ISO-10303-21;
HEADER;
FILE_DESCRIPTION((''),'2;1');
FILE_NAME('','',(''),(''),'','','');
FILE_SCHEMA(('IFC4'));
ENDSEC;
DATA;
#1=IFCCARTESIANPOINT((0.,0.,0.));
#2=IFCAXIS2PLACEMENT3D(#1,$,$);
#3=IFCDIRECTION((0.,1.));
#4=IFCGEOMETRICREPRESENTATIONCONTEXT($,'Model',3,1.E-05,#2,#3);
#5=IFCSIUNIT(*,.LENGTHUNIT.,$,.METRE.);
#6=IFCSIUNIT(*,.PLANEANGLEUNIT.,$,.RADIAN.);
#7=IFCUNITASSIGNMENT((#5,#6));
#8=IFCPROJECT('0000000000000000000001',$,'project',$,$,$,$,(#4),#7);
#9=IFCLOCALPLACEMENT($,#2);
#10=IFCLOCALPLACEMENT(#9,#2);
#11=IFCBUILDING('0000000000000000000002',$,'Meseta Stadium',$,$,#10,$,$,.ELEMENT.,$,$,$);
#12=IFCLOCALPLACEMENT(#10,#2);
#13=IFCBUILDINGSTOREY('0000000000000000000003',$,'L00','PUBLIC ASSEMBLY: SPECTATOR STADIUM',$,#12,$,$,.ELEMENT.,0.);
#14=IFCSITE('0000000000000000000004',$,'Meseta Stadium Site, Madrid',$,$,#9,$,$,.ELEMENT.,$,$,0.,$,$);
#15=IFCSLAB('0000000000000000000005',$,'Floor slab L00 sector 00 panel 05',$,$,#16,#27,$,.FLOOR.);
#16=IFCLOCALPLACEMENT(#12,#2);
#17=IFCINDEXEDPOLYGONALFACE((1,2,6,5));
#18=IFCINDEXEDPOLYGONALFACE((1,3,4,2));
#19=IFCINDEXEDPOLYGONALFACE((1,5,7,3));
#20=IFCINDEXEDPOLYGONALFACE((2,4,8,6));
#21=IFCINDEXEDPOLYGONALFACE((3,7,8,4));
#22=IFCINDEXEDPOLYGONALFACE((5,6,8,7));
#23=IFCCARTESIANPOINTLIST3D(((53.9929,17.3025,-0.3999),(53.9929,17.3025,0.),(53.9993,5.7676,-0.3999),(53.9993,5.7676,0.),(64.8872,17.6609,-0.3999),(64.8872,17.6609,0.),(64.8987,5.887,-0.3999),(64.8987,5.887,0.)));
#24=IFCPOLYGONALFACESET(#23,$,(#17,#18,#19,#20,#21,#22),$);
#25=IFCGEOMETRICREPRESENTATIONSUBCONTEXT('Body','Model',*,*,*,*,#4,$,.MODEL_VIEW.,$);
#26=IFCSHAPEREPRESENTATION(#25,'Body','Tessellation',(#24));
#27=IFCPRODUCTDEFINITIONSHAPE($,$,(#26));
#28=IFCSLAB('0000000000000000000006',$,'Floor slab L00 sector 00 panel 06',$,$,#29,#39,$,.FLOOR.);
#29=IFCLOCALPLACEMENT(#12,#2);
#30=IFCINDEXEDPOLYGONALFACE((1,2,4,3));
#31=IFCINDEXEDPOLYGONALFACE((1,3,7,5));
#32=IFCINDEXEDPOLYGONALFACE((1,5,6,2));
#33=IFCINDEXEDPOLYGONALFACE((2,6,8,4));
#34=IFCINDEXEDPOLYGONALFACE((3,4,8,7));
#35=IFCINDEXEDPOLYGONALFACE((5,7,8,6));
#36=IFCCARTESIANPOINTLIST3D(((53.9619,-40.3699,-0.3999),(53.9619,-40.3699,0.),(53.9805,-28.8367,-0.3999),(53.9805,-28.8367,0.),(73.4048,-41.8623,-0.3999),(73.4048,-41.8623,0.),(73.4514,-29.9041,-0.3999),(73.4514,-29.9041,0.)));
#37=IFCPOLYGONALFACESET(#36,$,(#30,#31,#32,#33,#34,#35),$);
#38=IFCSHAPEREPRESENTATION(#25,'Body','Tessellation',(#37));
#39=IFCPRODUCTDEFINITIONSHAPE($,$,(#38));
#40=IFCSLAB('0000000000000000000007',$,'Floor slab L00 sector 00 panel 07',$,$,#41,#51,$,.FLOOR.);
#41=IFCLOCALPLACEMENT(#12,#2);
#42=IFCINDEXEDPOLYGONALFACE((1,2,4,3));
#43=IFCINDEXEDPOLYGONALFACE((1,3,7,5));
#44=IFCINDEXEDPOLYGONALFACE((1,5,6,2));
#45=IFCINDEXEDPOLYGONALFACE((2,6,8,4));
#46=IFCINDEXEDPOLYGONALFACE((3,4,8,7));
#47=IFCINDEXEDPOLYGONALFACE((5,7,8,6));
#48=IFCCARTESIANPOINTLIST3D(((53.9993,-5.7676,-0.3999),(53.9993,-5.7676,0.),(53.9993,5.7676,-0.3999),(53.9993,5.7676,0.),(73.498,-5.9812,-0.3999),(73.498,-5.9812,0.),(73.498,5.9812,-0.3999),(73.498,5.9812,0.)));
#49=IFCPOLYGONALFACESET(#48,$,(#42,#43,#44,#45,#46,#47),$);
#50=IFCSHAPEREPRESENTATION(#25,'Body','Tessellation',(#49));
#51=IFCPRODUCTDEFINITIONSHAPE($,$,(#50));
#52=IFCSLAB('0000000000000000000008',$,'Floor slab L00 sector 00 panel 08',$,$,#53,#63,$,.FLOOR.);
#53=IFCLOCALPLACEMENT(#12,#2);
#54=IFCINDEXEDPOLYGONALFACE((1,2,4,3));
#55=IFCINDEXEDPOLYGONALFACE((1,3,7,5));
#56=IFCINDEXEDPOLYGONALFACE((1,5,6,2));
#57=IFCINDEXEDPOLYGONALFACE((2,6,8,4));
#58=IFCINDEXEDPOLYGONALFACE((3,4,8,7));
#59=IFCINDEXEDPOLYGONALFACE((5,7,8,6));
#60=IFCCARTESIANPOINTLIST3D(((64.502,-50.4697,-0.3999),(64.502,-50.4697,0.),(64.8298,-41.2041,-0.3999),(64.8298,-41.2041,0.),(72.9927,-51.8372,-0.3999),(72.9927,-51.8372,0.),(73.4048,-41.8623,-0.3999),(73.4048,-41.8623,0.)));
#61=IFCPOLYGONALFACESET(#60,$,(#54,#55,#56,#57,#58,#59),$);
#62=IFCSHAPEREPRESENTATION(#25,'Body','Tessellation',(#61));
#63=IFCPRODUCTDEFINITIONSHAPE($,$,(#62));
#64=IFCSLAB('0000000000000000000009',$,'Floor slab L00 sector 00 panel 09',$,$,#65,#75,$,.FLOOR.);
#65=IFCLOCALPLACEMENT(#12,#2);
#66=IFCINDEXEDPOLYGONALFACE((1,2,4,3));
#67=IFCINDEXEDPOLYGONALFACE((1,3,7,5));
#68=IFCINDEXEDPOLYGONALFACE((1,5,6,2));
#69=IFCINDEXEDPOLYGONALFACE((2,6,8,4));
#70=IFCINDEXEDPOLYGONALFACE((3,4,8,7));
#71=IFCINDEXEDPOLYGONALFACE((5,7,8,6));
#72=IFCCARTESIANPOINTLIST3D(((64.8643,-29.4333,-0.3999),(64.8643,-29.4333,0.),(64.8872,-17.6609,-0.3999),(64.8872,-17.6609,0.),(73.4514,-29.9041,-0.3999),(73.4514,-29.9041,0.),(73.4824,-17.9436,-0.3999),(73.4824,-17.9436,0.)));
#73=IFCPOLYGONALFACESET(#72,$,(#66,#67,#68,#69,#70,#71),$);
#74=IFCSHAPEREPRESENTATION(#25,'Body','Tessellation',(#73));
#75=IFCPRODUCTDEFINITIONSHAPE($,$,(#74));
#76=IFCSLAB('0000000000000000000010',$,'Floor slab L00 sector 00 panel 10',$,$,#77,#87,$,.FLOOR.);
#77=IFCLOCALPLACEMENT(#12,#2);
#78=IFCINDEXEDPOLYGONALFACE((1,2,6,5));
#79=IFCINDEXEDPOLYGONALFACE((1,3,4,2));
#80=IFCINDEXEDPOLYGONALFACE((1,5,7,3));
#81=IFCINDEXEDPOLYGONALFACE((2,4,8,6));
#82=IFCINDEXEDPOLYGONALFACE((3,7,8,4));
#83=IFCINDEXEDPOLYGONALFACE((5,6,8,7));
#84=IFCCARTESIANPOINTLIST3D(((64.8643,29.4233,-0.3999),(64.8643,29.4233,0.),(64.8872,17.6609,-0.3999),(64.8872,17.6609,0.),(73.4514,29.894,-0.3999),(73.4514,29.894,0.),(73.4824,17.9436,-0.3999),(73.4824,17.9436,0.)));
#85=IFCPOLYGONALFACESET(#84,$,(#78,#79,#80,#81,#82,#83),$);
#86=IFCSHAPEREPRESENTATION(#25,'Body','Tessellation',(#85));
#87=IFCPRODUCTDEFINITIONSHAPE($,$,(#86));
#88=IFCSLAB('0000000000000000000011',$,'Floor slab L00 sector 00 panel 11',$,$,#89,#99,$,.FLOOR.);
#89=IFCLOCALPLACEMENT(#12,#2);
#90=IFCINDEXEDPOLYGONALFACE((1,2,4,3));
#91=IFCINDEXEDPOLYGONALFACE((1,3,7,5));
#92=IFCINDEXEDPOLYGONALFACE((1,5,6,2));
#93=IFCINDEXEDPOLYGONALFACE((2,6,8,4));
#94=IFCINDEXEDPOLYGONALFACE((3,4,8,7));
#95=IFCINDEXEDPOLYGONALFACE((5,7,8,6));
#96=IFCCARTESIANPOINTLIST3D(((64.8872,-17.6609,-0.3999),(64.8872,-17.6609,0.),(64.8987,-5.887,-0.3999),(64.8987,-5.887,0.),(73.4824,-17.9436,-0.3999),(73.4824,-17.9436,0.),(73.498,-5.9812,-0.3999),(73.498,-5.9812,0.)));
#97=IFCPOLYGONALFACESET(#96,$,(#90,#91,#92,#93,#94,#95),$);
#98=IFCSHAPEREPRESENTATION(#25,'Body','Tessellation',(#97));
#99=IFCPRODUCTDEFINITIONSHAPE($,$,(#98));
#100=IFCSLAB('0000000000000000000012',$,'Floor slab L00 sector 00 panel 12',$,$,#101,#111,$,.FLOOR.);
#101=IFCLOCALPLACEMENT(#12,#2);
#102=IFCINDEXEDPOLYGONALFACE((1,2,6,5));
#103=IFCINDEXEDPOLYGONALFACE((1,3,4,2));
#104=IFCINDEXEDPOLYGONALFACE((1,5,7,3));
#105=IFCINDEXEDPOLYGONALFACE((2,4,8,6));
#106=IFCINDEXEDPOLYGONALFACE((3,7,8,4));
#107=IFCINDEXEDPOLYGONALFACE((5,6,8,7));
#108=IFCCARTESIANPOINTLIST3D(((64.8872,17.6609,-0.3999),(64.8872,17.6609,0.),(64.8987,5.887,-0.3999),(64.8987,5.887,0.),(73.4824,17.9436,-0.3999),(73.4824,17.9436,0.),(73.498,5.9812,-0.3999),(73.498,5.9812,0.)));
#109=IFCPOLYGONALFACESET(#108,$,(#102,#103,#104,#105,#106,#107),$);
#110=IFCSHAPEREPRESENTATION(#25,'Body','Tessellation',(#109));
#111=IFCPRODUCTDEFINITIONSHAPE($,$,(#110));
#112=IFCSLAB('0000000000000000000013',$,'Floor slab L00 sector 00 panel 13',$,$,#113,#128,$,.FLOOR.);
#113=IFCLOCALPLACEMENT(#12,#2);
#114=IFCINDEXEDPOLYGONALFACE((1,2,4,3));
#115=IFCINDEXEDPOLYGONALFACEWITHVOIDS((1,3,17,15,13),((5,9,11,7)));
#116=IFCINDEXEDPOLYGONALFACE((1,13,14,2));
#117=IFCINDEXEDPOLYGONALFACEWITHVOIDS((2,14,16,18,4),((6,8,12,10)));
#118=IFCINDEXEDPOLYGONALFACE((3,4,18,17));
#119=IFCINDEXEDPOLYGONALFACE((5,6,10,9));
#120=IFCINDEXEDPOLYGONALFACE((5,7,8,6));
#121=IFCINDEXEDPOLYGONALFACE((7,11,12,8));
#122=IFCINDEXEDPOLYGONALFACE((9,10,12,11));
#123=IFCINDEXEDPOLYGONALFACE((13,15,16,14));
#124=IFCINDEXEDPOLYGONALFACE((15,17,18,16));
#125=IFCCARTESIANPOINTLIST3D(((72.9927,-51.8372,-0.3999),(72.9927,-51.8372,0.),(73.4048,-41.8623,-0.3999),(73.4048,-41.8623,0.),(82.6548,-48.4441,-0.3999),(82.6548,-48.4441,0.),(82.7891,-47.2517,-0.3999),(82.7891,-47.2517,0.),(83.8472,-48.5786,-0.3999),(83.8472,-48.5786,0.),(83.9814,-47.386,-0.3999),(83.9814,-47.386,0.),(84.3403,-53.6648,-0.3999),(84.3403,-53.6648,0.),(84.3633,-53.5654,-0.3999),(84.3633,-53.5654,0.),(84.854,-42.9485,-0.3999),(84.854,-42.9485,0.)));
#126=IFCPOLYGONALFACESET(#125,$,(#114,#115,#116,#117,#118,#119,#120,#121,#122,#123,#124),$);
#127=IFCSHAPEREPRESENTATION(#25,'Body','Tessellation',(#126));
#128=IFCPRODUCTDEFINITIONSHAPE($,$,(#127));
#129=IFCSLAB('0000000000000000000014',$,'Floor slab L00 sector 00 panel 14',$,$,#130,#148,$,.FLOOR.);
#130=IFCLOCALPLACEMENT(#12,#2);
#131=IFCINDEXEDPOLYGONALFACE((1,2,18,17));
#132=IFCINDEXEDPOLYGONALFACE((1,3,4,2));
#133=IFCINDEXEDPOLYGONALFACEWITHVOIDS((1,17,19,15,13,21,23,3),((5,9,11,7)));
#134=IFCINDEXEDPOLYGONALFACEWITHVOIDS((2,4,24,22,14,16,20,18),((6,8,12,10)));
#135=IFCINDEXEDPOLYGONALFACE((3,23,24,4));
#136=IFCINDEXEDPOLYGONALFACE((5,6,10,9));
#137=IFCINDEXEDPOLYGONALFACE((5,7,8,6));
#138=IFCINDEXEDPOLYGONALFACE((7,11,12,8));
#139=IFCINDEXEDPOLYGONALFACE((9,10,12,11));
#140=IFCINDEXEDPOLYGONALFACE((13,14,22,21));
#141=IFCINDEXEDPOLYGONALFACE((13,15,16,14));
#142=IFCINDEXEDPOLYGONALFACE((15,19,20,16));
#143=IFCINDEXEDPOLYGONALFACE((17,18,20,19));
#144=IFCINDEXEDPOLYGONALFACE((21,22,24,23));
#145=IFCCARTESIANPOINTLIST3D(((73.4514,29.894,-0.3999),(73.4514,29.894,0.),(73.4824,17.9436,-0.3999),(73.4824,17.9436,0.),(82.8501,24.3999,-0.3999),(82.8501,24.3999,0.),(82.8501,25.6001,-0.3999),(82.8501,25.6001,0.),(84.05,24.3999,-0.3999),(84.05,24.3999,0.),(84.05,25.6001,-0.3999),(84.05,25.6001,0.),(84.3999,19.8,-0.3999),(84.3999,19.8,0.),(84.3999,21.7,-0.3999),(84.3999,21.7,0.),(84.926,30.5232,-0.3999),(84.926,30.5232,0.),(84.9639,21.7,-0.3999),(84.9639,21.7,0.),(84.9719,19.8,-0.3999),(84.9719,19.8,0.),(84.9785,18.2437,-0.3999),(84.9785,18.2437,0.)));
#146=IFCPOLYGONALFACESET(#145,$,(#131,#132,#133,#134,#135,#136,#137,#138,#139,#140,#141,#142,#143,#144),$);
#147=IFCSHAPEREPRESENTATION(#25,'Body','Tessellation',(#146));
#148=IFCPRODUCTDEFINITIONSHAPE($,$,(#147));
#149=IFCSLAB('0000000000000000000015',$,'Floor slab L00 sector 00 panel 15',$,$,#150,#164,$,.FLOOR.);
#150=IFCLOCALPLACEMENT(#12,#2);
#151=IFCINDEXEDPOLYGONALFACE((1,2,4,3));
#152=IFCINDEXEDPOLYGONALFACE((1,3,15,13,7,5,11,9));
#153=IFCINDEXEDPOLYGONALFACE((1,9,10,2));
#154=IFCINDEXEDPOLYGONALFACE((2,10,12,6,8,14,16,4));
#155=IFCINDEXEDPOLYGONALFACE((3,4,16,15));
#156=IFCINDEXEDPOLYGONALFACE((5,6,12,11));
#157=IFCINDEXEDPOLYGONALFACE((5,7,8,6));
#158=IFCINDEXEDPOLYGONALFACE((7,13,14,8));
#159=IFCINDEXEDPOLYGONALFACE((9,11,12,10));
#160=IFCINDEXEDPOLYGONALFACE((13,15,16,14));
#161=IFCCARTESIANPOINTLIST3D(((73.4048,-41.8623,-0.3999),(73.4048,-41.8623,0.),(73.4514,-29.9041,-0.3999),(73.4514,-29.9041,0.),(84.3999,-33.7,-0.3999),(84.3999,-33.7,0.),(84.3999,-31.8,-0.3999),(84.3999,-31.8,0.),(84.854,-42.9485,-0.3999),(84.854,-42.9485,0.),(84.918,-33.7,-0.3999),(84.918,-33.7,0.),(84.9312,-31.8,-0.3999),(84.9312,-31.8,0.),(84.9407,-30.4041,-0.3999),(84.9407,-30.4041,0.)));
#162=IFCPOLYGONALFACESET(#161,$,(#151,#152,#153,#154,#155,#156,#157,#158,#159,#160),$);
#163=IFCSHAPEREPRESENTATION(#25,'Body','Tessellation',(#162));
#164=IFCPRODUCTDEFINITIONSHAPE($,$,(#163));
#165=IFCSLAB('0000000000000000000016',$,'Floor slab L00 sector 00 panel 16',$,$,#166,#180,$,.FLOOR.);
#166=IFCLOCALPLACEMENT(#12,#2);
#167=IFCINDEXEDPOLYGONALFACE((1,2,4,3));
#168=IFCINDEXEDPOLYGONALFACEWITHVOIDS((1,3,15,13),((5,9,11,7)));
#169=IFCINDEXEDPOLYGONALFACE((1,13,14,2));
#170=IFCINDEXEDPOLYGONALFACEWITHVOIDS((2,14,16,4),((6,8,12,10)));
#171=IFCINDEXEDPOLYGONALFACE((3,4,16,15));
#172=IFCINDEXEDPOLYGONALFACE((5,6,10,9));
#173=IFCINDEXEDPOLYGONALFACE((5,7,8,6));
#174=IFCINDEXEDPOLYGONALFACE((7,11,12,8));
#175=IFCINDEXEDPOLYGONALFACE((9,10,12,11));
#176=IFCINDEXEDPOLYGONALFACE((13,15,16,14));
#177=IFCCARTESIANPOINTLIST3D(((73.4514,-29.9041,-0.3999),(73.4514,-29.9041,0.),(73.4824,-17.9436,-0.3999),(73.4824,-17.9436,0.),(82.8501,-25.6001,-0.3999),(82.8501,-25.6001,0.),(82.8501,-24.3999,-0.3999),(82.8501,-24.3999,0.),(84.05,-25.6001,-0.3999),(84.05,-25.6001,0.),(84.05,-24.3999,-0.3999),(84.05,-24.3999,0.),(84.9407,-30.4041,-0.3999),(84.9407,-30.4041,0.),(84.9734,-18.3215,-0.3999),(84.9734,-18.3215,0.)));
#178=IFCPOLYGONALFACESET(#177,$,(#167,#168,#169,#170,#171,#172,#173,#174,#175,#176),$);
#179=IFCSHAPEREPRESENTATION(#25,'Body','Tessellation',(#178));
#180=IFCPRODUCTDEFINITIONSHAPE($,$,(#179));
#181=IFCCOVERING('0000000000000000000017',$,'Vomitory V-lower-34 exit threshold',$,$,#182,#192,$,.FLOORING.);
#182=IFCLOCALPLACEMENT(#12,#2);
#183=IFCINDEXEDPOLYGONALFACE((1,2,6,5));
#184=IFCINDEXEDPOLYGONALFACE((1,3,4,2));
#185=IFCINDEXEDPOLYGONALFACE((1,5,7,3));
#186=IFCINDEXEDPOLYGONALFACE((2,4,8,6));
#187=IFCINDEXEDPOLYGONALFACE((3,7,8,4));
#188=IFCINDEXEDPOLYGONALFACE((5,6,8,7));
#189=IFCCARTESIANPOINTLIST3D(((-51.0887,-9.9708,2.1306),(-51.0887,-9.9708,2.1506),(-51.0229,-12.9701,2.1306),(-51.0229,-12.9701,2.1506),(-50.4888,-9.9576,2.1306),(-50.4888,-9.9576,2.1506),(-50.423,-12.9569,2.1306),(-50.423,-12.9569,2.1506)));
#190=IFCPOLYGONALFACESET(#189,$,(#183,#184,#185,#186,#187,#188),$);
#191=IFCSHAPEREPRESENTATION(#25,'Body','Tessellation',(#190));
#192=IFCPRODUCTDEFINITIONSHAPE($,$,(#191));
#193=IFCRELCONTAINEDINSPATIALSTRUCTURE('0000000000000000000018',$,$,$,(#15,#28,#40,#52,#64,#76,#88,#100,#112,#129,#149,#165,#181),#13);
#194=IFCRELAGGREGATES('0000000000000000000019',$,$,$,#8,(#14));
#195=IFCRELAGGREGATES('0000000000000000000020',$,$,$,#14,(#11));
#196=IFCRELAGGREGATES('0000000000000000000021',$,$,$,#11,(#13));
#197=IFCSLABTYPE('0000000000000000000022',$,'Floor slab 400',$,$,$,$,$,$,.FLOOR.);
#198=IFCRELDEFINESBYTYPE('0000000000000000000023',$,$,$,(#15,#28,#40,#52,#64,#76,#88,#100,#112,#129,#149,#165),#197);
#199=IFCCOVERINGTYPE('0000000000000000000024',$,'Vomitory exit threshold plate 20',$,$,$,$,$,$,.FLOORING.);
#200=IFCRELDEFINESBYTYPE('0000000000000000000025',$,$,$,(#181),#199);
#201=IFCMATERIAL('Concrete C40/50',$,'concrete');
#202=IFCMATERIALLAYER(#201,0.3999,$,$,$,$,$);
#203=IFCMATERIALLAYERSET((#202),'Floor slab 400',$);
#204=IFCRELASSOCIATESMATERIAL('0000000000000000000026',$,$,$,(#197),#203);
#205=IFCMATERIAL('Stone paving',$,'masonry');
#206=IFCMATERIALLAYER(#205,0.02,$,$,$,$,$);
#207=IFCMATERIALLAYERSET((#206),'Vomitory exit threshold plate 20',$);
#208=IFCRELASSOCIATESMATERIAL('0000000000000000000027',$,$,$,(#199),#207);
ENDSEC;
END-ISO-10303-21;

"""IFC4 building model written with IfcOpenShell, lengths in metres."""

from ifc_helpers import new_model, si_unit, direction, frame, origin, origin_2d, place, context, subcontext, project, spatial, polyline, rectangle, outline, extrude, material, layer, layer_set, type_object, element, save


model = new_model("IFC4")

# Units and contexts
model_context = context("Model", 3, precision=1e-05, world=origin(), true_north=direction((0.0, 1.0)))
body_context = subcontext(model_context, "Body", "Model", "MODEL_VIEW")
ifc_project = project(units=[si_unit("LENGTHUNIT", "METRE"), si_unit("PLANEANGLEUNIT", "RADIAN")], contexts=[model_context])

# Site, building, storey
site_placement = place(None, origin())
site = spatial("IfcSite", under=ifc_project, at=site_placement, Name="Meseta Stadium Site, Madrid", CompositionType="ELEMENT", RefElevation=0.0)
building_placement = place(site_placement, origin())
building = spatial("IfcBuilding", under=site, at=building_placement, Name="Meseta Stadium", CompositionType="ELEMENT")
storey_placement = place(building_placement, origin())
storey = spatial("IfcBuildingStorey", under=building, at=storey_placement, Name="L00", Description="PUBLIC ASSEMBLY: SPECTATOR STADIUM", CompositionType="ELEMENT", Elevation=0.0)

# Slabs
ifc_material_1 = material(Name="Concrete C40/50", Category="concrete")
ifc_layer_1 = layer(ifc_material_1, 0.3999)
ifc_layer_set_1 = layer_set([ifc_layer_1], Name="Floor slab 400")
slab_type_1 = type_object("IfcSlabType", Name="Floor slab 400", PredefinedType="FLOOR", material=ifc_layer_set_1)
slab_1_placement = place(storey_placement, frame((0.0, 0.0, -0.3999)))
element("IfcSlab", 1, at=slab_1_placement, inside=storey, type_object=slab_type_1, Name="Floor slab L00 sector 00 panel 05", PredefinedType="FLOOR", context=body_context, shape_type="SweptSolid", body=[
    extrude(outline(polyline([(53.9929, 17.3025), (53.9993, 5.7676), (64.8987, 5.887), (64.8872, 17.6609), (53.9929, 17.3025)])), origin(), (0.0, 0.0, 1.0), 0.3999),
])
slab_2_placement = place(storey_placement, frame((0.0, 0.0, -0.3999)))
element("IfcSlab", 2, at=slab_2_placement, inside=storey, type_object=slab_type_1, Name="Floor slab L00 sector 00 panel 06", PredefinedType="FLOOR", context=body_context, shape_type="SweptSolid", body=[
    extrude(outline(polyline([(73.4514, -29.9041), (53.9805, -28.8367), (53.9619, -40.3699), (73.4048, -41.8623), (73.4514, -29.9041)])), origin(), (0.0, 0.0, 1.0), 0.3999),
])
slab_3_placement = place(storey_placement, frame((0.0, 0.0, -0.3999)))
element("IfcSlab", 3, at=slab_3_placement, inside=storey, type_object=slab_type_1, Name="Floor slab L00 sector 00 panel 07", PredefinedType="FLOOR", context=body_context, shape_type="SweptSolid", body=[
    extrude(outline(polyline([(73.498, 5.9812), (53.9993, 5.7676), (53.9993, -5.7676), (73.498, -5.9812), (73.498, 5.9812)])), origin(), (0.0, 0.0, 1.0), 0.3999),
])
slab_4_placement = place(storey_placement, frame((0.0, 0.0, -0.3999)))
element("IfcSlab", 4, at=slab_4_placement, inside=storey, type_object=slab_type_1, Name="Floor slab L00 sector 00 panel 08", PredefinedType="FLOOR", context=body_context, shape_type="SweptSolid", body=[
    extrude(outline(polyline([(64.8298, -41.2041), (64.502, -50.4697), (72.9927, -51.8372), (73.4048, -41.8623), (64.8298, -41.2041)])), origin(), (0.0, 0.0, 1.0), 0.3999),
])
slab_5_placement = place(storey_placement, frame((0.0, 0.0, -0.3999)))
element("IfcSlab", 5, at=slab_5_placement, inside=storey, type_object=slab_type_1, Name="Floor slab L00 sector 00 panel 09", PredefinedType="FLOOR", context=body_context, shape_type="SweptSolid", body=[
    extrude(outline(polyline([(73.4824, -17.9436), (64.8872, -17.6609), (64.8643, -29.4333), (73.4514, -29.9041), (73.4824, -17.9436)])), origin(), (0.0, 0.0, 1.0), 0.3999),
])
slab_6_placement = place(storey_placement, frame((0.0, 0.0, -0.3999)))
element("IfcSlab", 6, at=slab_6_placement, inside=storey, type_object=slab_type_1, Name="Floor slab L00 sector 00 panel 10", PredefinedType="FLOOR", context=body_context, shape_type="SweptSolid", body=[
    extrude(outline(polyline([(64.8872, 17.6609), (73.4824, 17.9436), (73.4514, 29.894), (64.8643, 29.4233), (64.8872, 17.6609)])), origin(), (0.0, 0.0, 1.0), 0.3999),
])
slab_7_placement = place(storey_placement, frame((0.0, 0.0, -0.3999)))
element("IfcSlab", 7, at=slab_7_placement, inside=storey, type_object=slab_type_1, Name="Floor slab L00 sector 00 panel 11", PredefinedType="FLOOR", context=body_context, shape_type="SweptSolid", body=[
    extrude(outline(polyline([(73.498, -5.9812), (64.8987, -5.887), (64.8872, -17.6609), (73.4824, -17.9436), (73.498, -5.9812)])), origin(), (0.0, 0.0, 1.0), 0.3999),
])
slab_8_placement = place(storey_placement, frame((0.0, 0.0, -0.3999)))
element("IfcSlab", 8, at=slab_8_placement, inside=storey, type_object=slab_type_1, Name="Floor slab L00 sector 00 panel 12", PredefinedType="FLOOR", context=body_context, shape_type="SweptSolid", body=[
    extrude(outline(polyline([(73.4824, 17.9436), (64.8872, 17.6609), (64.8987, 5.887), (73.498, 5.9812), (73.4824, 17.9436)])), origin(), (0.0, 0.0, 1.0), 0.3999),
])
slab_9_placement = place(storey_placement, frame((0.0, 0.0, -0.3999)))
element("IfcSlab", 9, at=slab_9_placement, inside=storey, type_object=slab_type_1, Name="Floor slab L00 sector 00 panel 13", PredefinedType="FLOOR", context=body_context, shape_type="SweptSolid", body=[
    extrude(outline(polyline([(84.854, -42.9485), (73.4048, -41.8623), (72.9927, -51.8372), (84.3403, -53.6648), (84.3633, -53.5654), (84.854, -42.9485)]), holes=[polyline([(83.8472, -48.5786), (82.6548, -48.4441), (82.7891, -47.2517), (83.9814, -47.386), (83.8472, -48.5786)])]), origin(), (0.0, 0.0, 1.0), 0.3999),
])
slab_10_placement = place(storey_placement, frame((0.0, 0.0, -0.3999)))
element("IfcSlab", 10, at=slab_10_placement, inside=storey, type_object=slab_type_1, Name="Floor slab L00 sector 00 panel 14", PredefinedType="FLOOR", context=body_context, shape_type="SweptSolid", body=[
    extrude(outline(polyline([(84.9719, 19.8), (84.3999, 19.8), (84.3999, 21.7), (84.9639, 21.7), (84.926, 30.5232), (73.4514, 29.894), (73.4824, 17.9436), (84.9785, 18.2437), (84.9719, 19.8)]), holes=[polyline([(84.05, 25.6001), (84.05, 24.3999), (82.8501, 24.3999), (82.8501, 25.6001), (84.05, 25.6001)])]), origin(), (0.0, 0.0, 1.0), 0.3999),
])
slab_11_placement = place(storey_placement, frame((0.0, 0.0, -0.3999)))
element("IfcSlab", 11, at=slab_11_placement, inside=storey, type_object=slab_type_1, Name="Floor slab L00 sector 00 panel 15", PredefinedType="FLOOR", context=body_context, shape_type="SweptSolid", body=[
    extrude(outline(polyline([(84.9407, -30.4041), (73.4514, -29.9041), (73.4048, -41.8623), (84.854, -42.9485), (84.918, -33.7), (84.3999, -33.7), (84.3999, -31.8), (84.9312, -31.8), (84.9407, -30.4041)])), origin(), (0.0, 0.0, 1.0), 0.3999),
])
slab_12_placement = place(storey_placement, frame((0.0, 0.0, -0.3999)))
element("IfcSlab", 12, at=slab_12_placement, inside=storey, type_object=slab_type_1, Name="Floor slab L00 sector 00 panel 16", PredefinedType="FLOOR", context=body_context, shape_type="SweptSolid", body=[
    extrude(outline(polyline([(73.4514, -29.9041), (84.9407, -30.4041), (84.9734, -18.3215), (73.4824, -17.9436), (73.4514, -29.9041)]), holes=[polyline([(82.8501, -25.6001), (82.8501, -24.3999), (84.05, -24.3999), (84.05, -25.6001), (82.8501, -25.6001)])]), origin(), (0.0, 0.0, 1.0), 0.3999),
])

# Covering
ifc_material_2 = material(Name="Stone paving", Category="masonry")
ifc_layer_2 = layer(ifc_material_2, 0.02)
ifc_layer_set_2 = layer_set([ifc_layer_2], Name="Vomitory exit threshold plate 20")
covering_type = type_object("IfcCoveringType", Name="Vomitory exit threshold plate 20", PredefinedType="FLOORING", material=ifc_layer_set_2)
for number, where, z_axis, x_axis, name in (
    (13, (-50.7559, -11.4639, 2.1306), (0.0, 0.0, 1.0), (0.99976, 0.021925, 0.0), "Vomitory V-lower-34 exit threshold"),
):
    element("IfcCovering", number, at=place(storey_placement, frame(where, z_axis=z_axis, x_axis=x_axis)), inside=storey, type_object=covering_type, Name=name, PredefinedType="FLOORING", context=body_context, shape_type="SweptSolid", body=[
        extrude(rectangle(XDim=0.6001, YDim=3.0, at=origin_2d()), origin(), (0.0, 0.0, 1.0), 0.02),
    ])

save(model, "model.ifc")
